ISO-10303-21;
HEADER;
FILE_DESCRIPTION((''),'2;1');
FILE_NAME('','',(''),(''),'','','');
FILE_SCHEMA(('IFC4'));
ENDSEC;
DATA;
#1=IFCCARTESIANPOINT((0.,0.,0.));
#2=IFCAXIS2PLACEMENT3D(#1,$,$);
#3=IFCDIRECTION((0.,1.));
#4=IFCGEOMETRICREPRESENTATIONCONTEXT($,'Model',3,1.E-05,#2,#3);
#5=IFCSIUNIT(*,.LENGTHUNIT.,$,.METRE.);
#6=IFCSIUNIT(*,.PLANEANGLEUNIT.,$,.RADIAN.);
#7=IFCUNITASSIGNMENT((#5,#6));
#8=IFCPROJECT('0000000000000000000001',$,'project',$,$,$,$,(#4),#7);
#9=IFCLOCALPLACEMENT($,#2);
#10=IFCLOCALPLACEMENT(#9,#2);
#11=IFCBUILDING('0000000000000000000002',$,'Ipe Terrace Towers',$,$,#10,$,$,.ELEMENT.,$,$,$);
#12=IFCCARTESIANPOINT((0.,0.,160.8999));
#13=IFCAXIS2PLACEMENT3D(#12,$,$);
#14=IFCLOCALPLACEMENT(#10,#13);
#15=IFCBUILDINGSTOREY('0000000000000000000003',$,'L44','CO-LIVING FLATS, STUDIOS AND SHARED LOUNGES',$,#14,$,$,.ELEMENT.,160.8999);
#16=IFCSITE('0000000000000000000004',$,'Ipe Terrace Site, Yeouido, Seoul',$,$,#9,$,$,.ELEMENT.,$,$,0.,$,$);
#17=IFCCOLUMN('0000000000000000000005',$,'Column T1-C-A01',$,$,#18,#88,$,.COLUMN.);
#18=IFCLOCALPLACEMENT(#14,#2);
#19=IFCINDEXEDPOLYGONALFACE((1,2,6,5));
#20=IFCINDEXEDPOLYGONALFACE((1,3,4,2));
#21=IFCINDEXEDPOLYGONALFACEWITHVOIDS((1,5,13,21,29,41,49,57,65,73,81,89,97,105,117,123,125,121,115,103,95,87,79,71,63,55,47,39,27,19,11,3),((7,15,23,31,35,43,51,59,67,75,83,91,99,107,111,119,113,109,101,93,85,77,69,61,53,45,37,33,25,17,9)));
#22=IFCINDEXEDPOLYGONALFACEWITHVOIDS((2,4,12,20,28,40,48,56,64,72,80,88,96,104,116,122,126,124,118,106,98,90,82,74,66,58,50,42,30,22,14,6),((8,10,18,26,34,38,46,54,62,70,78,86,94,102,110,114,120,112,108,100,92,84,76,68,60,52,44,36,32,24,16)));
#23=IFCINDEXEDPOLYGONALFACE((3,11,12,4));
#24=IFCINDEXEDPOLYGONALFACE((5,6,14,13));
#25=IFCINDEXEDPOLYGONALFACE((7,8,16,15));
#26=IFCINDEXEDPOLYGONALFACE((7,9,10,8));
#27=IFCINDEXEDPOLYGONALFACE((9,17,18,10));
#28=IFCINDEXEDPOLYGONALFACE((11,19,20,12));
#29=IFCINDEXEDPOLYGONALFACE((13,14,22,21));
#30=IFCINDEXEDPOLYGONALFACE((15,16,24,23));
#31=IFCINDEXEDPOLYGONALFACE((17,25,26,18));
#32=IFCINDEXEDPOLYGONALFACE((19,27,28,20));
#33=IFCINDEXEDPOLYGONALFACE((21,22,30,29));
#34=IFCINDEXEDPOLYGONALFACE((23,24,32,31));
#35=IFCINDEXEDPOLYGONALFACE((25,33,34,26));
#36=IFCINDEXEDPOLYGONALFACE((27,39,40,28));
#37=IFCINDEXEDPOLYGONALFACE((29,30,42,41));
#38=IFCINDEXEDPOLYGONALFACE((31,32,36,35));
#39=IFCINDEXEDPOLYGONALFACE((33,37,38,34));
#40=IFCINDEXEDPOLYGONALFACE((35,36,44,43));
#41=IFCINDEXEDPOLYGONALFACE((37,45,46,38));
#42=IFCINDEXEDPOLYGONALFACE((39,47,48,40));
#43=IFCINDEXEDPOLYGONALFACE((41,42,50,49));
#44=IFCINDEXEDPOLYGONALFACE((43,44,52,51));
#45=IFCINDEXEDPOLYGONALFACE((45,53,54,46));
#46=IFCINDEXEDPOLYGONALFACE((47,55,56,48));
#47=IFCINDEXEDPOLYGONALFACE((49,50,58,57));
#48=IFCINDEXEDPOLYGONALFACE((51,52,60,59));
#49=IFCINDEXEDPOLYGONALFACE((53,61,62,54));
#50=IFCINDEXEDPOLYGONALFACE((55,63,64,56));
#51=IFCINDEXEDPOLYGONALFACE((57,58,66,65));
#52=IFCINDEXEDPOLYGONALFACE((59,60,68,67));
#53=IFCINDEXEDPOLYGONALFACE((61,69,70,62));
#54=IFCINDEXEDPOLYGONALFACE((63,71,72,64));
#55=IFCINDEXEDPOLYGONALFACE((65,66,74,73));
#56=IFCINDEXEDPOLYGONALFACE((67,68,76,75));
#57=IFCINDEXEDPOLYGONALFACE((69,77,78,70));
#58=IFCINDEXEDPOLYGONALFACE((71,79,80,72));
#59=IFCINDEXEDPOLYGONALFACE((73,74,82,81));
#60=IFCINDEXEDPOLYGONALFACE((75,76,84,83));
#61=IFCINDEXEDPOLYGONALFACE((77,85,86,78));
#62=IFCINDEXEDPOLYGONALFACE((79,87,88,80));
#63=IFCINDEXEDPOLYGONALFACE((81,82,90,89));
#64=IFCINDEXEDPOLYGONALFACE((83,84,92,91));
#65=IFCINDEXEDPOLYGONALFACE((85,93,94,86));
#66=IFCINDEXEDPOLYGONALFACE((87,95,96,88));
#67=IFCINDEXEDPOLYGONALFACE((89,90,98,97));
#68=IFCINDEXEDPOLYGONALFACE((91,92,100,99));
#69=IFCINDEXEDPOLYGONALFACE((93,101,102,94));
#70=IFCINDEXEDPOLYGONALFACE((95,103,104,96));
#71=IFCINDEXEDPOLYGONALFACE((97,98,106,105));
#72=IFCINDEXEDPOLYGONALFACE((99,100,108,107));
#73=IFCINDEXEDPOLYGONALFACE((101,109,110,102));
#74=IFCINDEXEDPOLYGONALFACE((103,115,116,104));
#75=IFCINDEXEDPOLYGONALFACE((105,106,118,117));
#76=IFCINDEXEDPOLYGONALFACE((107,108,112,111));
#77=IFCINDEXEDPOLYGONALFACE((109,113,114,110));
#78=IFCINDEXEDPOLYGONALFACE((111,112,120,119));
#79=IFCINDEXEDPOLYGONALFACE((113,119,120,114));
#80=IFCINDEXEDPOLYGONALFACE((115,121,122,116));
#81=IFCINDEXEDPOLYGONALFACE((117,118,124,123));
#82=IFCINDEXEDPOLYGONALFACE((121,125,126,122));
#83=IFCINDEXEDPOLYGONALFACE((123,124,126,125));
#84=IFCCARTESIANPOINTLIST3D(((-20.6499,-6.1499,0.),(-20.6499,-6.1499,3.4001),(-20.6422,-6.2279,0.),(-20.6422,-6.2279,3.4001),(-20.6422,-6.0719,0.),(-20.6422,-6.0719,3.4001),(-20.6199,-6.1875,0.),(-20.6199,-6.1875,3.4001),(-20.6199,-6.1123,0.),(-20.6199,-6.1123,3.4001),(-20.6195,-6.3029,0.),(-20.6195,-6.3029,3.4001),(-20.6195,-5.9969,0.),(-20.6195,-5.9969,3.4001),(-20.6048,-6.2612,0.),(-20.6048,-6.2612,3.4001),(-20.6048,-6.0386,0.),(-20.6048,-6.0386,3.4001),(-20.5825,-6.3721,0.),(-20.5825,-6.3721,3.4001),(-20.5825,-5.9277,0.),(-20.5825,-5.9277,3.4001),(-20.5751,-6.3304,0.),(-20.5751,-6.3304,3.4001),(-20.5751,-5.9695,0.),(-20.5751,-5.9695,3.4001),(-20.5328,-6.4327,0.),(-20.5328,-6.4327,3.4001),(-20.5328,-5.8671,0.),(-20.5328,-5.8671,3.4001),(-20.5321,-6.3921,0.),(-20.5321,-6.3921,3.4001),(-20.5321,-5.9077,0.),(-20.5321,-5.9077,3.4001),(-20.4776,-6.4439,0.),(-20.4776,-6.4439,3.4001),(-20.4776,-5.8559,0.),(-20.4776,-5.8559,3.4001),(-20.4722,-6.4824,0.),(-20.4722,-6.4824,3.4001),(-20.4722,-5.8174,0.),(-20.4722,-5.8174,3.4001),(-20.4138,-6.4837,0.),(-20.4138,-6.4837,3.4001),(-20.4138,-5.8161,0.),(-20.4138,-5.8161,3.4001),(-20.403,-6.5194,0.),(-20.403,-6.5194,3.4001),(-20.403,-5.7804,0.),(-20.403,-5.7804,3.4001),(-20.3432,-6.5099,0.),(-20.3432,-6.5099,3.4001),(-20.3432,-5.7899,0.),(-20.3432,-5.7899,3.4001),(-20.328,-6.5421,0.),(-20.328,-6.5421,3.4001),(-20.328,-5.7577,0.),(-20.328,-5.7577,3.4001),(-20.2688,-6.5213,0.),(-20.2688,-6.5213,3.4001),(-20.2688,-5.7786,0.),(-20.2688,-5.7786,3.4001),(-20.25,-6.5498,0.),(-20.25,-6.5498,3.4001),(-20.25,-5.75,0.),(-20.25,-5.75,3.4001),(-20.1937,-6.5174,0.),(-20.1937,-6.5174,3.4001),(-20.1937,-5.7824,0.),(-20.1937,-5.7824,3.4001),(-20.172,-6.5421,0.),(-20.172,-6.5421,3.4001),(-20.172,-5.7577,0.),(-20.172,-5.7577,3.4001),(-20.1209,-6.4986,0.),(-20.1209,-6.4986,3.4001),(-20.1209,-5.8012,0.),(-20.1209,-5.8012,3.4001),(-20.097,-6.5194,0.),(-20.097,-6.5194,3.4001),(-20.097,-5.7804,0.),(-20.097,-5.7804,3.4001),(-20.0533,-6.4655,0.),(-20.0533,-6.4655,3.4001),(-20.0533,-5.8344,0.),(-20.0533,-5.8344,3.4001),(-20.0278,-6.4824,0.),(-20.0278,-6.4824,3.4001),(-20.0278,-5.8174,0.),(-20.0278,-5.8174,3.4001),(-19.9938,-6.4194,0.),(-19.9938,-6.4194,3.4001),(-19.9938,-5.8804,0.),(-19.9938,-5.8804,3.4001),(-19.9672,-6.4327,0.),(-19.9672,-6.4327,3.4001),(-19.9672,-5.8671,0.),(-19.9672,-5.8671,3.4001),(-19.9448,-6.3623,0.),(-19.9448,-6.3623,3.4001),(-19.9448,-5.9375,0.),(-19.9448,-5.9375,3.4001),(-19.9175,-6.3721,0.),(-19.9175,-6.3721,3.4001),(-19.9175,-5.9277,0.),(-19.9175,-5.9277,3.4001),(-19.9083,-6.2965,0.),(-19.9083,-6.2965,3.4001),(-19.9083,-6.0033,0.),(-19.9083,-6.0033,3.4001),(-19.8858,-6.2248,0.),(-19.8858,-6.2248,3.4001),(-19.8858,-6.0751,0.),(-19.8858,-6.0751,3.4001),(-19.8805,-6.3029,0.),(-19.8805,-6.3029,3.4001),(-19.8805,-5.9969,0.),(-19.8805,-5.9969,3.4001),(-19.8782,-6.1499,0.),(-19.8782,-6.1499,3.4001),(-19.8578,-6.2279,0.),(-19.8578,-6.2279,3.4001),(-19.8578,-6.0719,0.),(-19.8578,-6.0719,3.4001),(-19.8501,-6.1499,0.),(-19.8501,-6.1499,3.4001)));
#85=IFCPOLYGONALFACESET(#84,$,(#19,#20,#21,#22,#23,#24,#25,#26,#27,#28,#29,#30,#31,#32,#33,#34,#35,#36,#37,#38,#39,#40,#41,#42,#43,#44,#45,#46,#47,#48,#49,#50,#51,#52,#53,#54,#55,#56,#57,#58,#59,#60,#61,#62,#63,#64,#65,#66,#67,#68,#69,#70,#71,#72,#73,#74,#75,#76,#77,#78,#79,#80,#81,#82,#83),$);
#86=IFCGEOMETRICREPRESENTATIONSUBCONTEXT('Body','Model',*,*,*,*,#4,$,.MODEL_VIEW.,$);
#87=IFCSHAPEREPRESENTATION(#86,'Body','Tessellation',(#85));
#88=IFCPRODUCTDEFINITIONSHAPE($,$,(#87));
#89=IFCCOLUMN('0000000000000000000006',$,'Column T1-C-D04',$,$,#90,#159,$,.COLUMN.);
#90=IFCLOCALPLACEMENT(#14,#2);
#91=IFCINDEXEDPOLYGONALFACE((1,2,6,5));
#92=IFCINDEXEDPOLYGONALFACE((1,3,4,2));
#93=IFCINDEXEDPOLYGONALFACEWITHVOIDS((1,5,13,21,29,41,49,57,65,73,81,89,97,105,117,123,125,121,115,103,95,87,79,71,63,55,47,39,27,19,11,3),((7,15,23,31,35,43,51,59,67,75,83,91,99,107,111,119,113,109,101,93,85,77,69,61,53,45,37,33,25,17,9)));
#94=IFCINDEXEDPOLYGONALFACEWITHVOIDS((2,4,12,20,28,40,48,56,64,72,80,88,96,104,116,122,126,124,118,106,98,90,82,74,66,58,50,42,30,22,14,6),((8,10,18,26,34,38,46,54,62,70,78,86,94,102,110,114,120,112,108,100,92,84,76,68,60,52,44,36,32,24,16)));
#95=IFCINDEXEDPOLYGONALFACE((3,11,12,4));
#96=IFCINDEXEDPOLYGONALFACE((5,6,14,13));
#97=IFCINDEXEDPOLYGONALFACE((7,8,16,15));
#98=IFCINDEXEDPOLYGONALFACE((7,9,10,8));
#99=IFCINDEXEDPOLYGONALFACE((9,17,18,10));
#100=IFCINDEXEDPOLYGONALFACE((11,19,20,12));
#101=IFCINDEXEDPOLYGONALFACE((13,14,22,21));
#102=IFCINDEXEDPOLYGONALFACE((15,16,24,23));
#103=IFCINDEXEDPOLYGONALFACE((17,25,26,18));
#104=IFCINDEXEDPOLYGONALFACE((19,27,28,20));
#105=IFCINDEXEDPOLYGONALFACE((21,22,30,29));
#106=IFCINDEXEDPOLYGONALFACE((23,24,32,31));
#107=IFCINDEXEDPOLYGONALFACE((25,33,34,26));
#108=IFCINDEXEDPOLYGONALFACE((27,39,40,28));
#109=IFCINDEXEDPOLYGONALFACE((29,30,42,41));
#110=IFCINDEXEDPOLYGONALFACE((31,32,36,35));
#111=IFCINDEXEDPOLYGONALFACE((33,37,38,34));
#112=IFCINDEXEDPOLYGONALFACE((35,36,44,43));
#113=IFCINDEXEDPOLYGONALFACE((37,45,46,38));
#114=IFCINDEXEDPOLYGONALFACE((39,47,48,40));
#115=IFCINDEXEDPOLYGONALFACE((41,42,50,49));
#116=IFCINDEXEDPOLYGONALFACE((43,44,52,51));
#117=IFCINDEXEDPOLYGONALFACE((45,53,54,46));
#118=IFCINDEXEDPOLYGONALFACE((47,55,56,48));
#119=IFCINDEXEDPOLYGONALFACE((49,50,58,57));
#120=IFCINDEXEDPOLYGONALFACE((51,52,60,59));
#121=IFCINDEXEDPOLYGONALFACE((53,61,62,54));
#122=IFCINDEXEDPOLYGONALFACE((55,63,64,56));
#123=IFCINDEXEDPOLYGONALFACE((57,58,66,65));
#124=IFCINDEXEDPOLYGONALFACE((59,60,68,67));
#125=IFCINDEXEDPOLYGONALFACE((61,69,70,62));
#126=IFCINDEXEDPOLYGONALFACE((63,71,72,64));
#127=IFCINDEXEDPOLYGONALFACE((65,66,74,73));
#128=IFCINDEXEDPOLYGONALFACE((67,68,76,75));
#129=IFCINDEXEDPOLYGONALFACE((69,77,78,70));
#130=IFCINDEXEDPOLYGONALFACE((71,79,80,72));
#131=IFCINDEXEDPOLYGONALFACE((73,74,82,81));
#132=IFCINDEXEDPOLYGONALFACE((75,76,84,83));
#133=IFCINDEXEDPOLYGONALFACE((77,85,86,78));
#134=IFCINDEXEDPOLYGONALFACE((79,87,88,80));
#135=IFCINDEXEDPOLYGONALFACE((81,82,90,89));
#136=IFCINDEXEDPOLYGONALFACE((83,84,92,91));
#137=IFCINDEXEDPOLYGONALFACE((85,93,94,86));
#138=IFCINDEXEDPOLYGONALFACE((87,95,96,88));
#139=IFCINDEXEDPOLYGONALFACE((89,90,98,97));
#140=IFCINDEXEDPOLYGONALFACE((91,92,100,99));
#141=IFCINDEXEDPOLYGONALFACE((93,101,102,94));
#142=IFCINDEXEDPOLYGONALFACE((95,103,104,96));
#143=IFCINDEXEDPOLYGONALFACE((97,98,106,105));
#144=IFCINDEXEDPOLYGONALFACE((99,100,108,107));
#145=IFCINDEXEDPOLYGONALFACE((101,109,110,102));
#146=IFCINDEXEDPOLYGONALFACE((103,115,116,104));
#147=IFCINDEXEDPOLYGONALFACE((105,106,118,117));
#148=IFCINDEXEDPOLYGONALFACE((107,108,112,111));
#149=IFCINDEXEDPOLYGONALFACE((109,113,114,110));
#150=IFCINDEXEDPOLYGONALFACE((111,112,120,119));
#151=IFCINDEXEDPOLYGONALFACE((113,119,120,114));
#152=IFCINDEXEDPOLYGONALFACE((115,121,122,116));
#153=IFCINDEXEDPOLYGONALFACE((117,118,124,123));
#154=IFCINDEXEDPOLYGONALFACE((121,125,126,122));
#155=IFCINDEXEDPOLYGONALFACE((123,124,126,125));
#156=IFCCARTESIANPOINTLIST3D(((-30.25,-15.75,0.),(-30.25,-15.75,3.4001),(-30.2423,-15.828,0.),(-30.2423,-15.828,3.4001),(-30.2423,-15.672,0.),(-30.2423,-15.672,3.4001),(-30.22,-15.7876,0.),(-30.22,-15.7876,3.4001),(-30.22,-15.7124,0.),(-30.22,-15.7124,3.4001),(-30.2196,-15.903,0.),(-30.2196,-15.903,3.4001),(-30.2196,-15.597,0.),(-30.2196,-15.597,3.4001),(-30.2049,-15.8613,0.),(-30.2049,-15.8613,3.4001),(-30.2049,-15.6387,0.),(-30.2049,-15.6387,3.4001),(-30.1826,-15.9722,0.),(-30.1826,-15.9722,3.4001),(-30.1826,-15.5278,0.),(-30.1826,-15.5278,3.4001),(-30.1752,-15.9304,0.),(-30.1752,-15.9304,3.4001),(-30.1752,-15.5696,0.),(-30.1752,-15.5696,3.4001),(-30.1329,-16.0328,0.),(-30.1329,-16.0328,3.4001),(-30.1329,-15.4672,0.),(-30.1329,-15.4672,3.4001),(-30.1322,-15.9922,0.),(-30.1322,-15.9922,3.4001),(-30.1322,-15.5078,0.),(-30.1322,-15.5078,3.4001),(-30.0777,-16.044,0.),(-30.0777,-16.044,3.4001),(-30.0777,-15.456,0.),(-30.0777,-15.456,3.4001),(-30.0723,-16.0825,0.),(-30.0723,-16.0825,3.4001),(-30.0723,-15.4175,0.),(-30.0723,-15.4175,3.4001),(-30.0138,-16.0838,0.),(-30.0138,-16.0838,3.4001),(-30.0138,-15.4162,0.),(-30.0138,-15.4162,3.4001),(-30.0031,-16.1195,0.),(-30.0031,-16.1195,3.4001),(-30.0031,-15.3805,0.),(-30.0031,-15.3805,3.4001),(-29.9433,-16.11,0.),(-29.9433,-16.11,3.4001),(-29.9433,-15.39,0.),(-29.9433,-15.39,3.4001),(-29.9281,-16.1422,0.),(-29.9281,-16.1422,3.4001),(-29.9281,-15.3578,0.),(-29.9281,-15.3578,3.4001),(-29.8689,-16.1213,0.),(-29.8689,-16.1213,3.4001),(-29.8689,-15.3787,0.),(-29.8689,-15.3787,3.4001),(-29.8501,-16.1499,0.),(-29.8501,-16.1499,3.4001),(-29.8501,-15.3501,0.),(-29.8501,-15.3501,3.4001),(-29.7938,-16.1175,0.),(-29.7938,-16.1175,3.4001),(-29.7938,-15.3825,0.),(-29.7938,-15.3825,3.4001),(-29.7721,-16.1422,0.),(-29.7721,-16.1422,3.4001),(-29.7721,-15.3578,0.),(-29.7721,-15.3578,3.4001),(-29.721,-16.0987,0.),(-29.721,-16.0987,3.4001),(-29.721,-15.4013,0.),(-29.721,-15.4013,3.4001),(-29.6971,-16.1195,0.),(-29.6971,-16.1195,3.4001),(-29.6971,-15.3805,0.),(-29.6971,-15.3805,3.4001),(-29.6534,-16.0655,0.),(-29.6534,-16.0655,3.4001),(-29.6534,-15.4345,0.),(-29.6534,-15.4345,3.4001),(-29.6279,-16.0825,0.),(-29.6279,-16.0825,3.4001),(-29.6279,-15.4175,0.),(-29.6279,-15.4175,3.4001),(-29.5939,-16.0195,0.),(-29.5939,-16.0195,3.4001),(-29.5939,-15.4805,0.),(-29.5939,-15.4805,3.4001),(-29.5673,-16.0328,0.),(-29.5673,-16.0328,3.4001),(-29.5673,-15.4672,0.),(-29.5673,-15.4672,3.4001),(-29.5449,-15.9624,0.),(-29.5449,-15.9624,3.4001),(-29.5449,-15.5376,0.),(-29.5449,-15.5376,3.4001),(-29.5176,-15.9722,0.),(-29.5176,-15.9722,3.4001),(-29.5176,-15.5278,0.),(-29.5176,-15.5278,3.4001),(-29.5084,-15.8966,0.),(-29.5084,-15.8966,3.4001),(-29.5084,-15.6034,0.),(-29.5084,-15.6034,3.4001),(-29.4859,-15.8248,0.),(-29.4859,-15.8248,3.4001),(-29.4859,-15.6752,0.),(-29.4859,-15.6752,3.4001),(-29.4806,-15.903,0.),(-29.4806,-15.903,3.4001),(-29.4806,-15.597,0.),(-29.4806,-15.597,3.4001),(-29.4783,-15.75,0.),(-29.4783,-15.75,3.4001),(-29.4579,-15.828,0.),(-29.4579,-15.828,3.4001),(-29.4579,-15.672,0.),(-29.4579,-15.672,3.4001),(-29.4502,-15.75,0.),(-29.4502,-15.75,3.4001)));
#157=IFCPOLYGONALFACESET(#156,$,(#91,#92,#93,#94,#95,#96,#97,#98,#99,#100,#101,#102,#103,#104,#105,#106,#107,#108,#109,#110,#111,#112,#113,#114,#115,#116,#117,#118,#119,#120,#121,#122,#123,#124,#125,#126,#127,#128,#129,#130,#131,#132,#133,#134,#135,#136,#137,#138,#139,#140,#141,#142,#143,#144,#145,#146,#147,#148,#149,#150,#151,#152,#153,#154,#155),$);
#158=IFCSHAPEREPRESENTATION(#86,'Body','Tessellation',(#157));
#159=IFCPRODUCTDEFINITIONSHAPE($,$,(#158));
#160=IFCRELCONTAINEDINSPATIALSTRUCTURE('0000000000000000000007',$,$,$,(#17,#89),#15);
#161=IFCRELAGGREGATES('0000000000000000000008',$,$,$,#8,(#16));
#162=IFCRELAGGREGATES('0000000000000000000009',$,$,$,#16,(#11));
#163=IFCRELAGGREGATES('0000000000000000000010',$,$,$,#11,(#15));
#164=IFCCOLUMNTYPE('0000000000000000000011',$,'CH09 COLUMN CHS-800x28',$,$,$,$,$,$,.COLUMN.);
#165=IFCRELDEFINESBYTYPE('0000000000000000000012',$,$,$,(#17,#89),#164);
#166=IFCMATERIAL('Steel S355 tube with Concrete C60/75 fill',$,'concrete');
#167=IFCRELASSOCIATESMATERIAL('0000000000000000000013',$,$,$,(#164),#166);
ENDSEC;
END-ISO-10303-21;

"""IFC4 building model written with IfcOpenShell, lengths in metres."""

from ifc_helpers import new_model, si_unit, direction, frame, origin, origin_2d, place, context, subcontext, project, spatial, hollow_circle, extrude, material, material_profile, profile_set, type_object, element, save


model = new_model("IFC4")

# Units and contexts
model_context = context("Model", 3, precision=1e-05, world=origin(), true_north=direction((0.0, 1.0)))
body_context = subcontext(model_context, "Body", "Model", "MODEL_VIEW")
ifc_project = project(units=[si_unit("LENGTHUNIT", "METRE"), si_unit("PLANEANGLEUNIT", "RADIAN")], contexts=[model_context])

# Site, building, storey
site_placement = place(None, origin())
site = spatial("IfcSite", under=ifc_project, at=site_placement, Name="Ipe Terrace Site, Yeouido, Seoul", CompositionType="ELEMENT", RefElevation=0.0)
building_placement = place(site_placement, origin())
building = spatial("IfcBuilding", under=site, at=building_placement, Name="Ipe Terrace Towers", CompositionType="ELEMENT")
storey_placement = place(building_placement, frame((0.0, 0.0, 160.8999)))
storey = spatial("IfcBuildingStorey", under=building, at=storey_placement, Name="L44", Description="CO-LIVING FLATS, STUDIOS AND SHARED LOUNGES", CompositionType="ELEMENT", Elevation=160.8999)

# Columns
ifc_material_1 = material(Name="Steel S355 tube with Concrete C60/75 fill", Category="concrete")
ifc_material_profile_1 = material_profile(ifc_material_1, hollow_circle(Radius=0.3999, WallThickness=0.0281, at=origin_2d()), Name="CHS-800x28")
ifc_profile_set_1 = profile_set([ifc_material_profile_1], Name="Steel S355 tube with Concrete C60/75 fill")
column_type_1 = type_object("IfcColumnType", Name="CH09 COLUMN CHS-800x28", PredefinedType="COLUMN", material=ifc_profile_set_1)
for number, where, z_axis, x_axis, name in (
    (1, (-20.25, -6.1499, 0.0), (0.0, 0.0, 1.0), (1.0, 0.0, 0.0), "Column T1-C-A01"),
    (2, (-29.8501, -15.75, 0.0), (0.0, 0.0, 1.0), (1.0, 0.0, 0.0), "Column T1-C-D04"),
):
    element("IfcColumn", number, at=place(storey_placement, frame(where, z_axis=z_axis, x_axis=x_axis)), inside=storey, type_object=column_type_1, Name=name, PredefinedType="COLUMN", context=body_context, shape_type="SweptSolid", body=[
        extrude(hollow_circle(Radius=0.3999, WallThickness=0.0281, at=origin_2d()), origin(), (0.0, 0.0, 1.0), 3.4001),
    ])

save(model, "model.ifc")
